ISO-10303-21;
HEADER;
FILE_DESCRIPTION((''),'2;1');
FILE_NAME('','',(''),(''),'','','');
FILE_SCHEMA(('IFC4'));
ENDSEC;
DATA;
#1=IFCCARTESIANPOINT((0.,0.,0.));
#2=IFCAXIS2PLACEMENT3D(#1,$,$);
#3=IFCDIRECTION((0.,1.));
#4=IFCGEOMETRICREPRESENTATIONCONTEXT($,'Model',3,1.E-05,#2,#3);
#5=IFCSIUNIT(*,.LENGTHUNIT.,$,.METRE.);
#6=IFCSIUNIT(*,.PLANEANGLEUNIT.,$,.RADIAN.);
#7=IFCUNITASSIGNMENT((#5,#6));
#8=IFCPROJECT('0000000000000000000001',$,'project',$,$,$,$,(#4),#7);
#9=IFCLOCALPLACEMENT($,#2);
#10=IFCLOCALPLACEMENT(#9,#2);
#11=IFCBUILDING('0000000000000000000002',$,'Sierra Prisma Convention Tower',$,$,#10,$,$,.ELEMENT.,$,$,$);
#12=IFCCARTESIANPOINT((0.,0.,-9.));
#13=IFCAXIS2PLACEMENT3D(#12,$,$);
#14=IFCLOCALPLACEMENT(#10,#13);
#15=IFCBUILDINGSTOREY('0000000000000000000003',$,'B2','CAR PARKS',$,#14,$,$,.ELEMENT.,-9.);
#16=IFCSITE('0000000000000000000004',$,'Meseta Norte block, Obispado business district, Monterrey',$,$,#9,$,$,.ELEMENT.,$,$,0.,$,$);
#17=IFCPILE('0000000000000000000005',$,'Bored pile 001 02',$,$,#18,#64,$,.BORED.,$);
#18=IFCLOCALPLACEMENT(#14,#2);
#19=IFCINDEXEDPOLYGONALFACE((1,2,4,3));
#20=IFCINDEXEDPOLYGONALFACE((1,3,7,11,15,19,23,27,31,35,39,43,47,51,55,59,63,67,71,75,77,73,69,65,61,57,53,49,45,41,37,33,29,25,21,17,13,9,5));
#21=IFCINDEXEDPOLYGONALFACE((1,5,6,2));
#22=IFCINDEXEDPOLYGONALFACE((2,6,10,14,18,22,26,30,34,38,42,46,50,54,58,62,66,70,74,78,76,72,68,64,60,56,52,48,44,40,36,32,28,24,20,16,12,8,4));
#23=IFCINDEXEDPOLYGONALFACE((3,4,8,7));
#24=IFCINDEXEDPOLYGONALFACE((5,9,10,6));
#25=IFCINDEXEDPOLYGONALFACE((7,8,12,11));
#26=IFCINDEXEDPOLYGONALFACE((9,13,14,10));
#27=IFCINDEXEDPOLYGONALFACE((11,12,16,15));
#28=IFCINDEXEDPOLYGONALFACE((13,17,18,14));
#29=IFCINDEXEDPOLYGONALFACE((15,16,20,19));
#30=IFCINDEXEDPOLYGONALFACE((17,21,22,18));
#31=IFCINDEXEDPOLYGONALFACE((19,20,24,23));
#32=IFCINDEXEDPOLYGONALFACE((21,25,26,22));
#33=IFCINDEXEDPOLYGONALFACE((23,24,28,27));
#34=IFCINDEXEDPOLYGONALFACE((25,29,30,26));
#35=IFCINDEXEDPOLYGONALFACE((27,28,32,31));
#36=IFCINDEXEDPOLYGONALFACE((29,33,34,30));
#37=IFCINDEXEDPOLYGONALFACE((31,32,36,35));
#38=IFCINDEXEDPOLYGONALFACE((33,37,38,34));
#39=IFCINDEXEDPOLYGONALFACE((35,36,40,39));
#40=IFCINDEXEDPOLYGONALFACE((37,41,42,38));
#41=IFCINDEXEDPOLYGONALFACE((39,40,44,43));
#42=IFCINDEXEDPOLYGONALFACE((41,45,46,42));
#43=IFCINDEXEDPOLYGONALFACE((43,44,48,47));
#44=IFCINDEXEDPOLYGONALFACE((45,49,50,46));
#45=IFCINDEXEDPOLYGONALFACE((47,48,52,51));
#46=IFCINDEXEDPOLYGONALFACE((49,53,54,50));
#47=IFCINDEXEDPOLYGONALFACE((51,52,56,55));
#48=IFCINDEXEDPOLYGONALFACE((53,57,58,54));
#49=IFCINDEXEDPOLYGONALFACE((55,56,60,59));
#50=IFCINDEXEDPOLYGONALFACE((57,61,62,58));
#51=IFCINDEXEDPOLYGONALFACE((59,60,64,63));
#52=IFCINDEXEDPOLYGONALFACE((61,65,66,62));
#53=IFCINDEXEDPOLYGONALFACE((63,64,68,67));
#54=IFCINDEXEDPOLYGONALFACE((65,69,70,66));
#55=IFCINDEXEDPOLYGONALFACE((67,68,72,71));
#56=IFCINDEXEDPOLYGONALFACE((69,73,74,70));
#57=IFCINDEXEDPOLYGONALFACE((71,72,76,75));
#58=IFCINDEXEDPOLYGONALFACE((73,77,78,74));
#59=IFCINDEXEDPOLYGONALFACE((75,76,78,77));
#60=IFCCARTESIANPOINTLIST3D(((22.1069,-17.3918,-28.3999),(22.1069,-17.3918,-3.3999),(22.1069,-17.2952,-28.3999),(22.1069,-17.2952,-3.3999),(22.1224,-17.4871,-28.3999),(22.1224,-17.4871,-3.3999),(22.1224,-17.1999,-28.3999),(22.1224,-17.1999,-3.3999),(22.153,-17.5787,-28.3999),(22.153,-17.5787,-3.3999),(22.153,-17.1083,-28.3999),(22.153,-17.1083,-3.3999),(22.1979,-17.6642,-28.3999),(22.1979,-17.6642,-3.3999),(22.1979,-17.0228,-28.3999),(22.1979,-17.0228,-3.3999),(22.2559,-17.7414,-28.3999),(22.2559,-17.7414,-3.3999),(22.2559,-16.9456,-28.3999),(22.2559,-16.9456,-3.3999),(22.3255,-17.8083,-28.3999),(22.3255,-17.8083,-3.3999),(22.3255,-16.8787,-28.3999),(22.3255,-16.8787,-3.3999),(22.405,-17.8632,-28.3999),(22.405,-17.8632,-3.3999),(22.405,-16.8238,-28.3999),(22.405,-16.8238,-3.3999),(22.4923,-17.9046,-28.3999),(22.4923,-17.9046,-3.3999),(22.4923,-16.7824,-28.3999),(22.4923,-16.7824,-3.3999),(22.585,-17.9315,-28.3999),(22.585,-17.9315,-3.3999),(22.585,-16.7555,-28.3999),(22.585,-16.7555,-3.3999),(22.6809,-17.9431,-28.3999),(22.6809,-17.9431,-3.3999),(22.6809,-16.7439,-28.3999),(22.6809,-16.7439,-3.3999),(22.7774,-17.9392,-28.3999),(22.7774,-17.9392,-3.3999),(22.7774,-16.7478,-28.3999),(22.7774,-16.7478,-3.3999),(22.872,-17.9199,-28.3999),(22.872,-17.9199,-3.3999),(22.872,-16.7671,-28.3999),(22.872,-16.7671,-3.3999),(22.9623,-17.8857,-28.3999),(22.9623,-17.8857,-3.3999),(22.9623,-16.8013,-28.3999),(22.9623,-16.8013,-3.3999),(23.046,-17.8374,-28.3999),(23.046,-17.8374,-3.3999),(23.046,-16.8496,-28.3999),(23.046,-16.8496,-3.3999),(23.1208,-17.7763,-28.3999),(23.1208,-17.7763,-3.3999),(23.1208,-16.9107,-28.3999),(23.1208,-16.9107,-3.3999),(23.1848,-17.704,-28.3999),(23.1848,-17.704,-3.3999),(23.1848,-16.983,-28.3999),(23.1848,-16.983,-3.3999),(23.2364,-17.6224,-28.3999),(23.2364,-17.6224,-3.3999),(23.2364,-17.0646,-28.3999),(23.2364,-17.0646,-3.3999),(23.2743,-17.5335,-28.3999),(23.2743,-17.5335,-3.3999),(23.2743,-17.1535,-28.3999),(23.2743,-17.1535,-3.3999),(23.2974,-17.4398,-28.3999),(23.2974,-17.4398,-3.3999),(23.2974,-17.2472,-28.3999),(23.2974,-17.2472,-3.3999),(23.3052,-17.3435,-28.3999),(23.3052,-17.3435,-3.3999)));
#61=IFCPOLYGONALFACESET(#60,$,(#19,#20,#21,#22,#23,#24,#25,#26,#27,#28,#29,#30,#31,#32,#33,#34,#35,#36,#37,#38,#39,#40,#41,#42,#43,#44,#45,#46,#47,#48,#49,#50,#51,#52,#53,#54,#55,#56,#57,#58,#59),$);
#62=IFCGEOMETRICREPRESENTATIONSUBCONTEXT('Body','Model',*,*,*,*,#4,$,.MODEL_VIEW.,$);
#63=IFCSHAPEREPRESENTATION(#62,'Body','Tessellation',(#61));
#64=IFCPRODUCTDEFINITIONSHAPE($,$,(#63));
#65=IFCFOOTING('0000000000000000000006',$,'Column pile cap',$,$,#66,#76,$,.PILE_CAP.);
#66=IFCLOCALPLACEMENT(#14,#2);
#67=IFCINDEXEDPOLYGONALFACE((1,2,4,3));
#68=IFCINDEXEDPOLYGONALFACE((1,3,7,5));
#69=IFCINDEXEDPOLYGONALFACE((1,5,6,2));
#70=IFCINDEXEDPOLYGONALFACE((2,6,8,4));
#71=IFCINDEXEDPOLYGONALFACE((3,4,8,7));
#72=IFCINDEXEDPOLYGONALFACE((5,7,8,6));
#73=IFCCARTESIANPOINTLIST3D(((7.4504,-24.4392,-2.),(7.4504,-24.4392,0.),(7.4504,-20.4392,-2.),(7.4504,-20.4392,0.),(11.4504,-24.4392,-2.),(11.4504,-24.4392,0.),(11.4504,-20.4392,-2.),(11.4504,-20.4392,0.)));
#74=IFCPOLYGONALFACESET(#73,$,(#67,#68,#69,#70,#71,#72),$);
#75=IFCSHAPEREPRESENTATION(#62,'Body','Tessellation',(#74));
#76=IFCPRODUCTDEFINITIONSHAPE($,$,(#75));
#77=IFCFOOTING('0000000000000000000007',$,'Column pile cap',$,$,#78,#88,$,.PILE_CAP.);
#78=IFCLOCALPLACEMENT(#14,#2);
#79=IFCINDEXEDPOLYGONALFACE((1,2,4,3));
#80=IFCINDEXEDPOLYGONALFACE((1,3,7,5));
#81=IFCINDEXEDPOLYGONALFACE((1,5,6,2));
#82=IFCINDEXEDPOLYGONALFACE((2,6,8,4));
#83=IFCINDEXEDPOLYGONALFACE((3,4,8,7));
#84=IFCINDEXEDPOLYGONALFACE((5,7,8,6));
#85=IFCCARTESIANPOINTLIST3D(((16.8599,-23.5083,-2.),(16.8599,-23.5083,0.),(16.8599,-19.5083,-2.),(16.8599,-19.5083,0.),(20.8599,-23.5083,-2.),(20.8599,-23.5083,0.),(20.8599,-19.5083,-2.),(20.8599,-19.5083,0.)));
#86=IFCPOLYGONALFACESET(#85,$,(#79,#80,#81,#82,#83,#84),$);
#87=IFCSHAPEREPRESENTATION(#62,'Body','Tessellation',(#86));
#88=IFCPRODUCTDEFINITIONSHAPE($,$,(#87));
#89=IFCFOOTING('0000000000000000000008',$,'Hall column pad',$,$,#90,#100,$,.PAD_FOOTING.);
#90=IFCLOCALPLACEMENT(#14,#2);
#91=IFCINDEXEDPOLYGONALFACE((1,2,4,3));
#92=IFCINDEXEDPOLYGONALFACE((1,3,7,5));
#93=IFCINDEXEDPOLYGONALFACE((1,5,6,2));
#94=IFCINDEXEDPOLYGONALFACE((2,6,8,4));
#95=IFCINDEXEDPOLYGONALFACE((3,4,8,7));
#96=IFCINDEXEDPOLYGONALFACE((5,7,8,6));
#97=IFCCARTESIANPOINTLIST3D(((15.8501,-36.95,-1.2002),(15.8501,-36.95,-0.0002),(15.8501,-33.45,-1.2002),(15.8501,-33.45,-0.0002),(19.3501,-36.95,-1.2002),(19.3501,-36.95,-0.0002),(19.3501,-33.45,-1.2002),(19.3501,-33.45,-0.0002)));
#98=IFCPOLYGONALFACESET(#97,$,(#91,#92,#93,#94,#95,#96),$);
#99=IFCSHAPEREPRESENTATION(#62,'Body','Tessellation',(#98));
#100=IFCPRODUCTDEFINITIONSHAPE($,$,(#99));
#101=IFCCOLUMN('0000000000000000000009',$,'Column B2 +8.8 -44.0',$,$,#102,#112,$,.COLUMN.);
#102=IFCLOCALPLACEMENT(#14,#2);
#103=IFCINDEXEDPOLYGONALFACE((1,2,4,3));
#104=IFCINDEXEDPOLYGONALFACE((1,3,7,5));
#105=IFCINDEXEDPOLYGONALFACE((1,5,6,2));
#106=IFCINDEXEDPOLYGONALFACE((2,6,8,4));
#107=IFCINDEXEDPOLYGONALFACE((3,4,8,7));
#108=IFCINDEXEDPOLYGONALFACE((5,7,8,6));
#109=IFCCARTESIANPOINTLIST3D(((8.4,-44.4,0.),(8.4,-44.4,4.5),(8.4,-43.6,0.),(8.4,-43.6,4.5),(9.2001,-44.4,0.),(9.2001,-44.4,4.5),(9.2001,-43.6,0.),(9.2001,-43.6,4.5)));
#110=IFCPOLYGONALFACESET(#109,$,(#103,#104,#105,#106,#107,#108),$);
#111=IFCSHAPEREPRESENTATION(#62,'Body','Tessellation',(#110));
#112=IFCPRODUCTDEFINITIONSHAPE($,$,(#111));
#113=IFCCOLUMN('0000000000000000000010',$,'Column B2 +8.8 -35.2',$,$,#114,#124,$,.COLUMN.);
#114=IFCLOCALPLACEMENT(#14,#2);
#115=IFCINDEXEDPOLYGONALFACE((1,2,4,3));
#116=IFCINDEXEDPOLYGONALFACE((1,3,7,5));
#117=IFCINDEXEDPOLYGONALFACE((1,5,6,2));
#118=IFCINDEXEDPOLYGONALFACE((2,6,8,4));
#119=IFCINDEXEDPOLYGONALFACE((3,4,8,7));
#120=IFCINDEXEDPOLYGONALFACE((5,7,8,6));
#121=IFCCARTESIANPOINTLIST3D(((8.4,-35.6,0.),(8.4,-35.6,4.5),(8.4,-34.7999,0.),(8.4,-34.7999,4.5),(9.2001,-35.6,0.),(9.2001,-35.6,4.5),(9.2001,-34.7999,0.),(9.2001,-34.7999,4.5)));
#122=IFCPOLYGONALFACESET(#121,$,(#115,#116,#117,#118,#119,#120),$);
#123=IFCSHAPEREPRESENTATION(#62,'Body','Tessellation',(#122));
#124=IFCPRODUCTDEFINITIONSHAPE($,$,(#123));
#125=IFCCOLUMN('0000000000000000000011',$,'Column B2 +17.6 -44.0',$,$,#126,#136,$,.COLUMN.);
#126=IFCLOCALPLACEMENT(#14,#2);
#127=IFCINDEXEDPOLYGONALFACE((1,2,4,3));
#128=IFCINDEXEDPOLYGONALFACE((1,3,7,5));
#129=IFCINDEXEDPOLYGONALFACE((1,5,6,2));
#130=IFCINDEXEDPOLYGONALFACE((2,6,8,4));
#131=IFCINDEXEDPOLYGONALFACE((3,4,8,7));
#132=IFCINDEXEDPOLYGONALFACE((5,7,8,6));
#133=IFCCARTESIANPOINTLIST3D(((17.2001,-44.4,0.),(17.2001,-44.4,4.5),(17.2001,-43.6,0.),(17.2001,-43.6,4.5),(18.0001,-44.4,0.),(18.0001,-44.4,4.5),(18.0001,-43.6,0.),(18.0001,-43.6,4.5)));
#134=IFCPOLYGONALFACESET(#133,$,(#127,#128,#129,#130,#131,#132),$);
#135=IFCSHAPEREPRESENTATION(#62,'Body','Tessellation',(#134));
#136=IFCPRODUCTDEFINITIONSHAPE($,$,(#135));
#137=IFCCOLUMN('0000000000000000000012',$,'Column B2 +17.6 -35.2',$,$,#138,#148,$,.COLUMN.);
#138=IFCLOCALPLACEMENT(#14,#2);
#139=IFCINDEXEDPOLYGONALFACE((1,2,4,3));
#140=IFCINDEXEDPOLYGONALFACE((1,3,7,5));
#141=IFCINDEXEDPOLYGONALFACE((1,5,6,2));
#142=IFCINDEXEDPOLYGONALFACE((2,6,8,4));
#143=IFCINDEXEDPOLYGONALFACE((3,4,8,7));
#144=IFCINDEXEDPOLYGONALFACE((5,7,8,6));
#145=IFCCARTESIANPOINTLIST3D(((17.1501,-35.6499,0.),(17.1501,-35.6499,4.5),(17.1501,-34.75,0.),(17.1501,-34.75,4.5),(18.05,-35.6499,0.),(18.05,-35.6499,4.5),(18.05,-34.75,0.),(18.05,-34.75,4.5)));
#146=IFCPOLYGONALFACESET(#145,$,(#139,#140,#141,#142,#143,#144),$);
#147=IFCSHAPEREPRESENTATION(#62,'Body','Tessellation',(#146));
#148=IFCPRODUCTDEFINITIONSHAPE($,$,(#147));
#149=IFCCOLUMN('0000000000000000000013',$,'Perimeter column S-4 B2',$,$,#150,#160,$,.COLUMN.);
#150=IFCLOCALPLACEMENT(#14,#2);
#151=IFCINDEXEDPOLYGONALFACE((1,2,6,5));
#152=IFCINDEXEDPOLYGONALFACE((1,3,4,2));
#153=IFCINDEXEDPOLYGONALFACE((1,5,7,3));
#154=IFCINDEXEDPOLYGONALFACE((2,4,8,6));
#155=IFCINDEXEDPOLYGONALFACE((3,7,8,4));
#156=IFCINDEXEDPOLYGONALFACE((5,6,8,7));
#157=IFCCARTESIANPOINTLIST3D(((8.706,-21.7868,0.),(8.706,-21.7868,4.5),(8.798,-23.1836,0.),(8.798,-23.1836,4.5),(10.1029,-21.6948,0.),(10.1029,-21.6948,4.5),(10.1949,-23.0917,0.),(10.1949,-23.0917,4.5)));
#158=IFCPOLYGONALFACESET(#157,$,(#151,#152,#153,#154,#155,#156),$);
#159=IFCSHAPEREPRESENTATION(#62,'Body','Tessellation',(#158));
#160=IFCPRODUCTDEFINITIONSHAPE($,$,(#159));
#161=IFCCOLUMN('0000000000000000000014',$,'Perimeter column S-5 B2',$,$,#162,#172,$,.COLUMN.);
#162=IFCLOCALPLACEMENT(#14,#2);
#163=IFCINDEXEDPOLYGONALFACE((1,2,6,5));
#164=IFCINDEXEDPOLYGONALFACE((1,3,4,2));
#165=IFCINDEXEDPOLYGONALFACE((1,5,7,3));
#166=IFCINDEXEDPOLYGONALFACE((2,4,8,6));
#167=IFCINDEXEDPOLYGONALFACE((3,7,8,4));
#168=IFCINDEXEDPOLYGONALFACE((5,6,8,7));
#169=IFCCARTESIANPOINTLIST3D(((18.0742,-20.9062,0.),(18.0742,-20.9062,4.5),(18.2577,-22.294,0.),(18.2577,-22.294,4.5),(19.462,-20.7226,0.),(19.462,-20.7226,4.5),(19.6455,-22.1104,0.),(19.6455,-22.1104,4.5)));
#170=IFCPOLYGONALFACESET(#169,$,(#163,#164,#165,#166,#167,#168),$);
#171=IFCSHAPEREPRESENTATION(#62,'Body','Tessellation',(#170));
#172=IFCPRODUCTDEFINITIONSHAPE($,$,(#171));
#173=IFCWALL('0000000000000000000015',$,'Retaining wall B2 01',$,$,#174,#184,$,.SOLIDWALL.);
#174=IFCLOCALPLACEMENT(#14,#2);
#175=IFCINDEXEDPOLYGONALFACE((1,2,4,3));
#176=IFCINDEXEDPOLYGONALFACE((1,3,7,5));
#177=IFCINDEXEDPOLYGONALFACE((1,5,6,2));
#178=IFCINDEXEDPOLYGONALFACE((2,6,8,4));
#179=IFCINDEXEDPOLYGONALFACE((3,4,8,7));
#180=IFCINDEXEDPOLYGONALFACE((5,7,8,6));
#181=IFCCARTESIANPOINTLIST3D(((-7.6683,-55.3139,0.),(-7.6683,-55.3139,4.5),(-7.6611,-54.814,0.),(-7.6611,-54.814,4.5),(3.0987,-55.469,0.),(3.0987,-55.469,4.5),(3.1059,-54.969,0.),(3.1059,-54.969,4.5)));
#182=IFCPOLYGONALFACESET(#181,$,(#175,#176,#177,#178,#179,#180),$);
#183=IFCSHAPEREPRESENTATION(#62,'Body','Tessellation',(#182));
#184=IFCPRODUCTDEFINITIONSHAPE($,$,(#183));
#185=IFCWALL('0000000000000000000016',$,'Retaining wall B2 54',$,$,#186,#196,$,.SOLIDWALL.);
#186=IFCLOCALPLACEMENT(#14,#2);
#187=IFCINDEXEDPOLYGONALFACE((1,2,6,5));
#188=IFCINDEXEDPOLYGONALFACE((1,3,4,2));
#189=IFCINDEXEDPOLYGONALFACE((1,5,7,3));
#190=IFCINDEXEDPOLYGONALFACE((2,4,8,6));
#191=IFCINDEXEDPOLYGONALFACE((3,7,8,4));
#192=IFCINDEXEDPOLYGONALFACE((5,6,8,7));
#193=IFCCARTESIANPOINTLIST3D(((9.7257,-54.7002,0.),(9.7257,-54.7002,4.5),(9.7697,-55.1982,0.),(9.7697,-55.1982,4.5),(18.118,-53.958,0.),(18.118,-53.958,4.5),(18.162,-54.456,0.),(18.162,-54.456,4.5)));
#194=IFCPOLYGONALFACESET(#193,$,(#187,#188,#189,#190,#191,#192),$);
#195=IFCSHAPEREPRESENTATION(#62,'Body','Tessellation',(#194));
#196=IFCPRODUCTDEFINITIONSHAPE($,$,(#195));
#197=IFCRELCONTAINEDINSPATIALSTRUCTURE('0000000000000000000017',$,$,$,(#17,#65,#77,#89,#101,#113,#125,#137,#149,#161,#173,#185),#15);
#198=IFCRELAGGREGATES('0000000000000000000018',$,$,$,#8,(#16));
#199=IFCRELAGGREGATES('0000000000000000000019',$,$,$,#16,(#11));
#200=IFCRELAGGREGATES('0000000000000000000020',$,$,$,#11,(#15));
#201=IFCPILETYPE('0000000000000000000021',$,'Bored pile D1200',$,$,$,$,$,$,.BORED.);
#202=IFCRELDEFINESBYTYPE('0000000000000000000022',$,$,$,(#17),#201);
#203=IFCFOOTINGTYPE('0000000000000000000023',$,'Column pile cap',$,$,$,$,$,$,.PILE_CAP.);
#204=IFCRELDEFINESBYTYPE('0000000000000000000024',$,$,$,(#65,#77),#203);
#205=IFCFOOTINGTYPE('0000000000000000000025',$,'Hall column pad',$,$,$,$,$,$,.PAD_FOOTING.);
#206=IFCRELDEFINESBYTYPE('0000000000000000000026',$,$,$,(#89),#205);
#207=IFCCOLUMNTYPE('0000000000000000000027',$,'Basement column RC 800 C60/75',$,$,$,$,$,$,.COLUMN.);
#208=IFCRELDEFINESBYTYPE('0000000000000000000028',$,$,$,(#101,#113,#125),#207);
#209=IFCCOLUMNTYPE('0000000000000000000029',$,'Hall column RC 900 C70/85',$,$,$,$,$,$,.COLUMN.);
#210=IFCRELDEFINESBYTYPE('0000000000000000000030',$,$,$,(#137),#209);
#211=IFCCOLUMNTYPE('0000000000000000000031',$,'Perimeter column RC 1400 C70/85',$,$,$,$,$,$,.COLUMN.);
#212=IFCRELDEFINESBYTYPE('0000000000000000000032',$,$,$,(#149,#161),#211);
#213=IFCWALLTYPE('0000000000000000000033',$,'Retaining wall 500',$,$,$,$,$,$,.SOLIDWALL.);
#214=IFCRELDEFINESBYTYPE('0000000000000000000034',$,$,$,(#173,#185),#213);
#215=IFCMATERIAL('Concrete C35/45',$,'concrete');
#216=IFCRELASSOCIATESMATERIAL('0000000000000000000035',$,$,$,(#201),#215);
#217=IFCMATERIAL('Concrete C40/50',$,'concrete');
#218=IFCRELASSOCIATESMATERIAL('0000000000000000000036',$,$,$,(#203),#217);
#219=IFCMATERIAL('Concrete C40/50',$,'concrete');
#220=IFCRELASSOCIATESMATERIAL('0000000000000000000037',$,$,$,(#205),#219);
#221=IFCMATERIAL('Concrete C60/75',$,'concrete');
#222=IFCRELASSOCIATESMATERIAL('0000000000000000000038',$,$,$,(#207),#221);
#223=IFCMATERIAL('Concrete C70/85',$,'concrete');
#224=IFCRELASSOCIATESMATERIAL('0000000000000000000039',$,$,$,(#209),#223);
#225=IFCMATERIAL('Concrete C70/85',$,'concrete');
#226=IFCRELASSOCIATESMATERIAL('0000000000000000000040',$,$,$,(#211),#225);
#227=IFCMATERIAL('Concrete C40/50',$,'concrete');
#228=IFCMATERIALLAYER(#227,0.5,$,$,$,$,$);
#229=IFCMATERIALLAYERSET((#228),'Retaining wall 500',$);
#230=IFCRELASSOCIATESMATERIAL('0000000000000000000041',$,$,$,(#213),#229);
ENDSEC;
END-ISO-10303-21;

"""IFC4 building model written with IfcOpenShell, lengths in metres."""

from ifc_helpers import new_model, si_unit, direction, frame, frame_2d, origin, origin_2d, place, context, subcontext, project, spatial, rectangle, circle, extrude, material, layer, layer_set, material_profile, profile_set, type_object, element, save


model = new_model("IFC4")

# Units and contexts
model_context = context("Model", 3, precision=1e-05, world=origin(), true_north=direction((0.0, 1.0)))
body_context = subcontext(model_context, "Body", "Model", "MODEL_VIEW")
ifc_project = project(units=[si_unit("LENGTHUNIT", "METRE"), si_unit("PLANEANGLEUNIT", "RADIAN")], contexts=[model_context])

# Site, building, storey
site_placement = place(None, origin())
site = spatial("IfcSite", under=ifc_project, at=site_placement, Name="Meseta Norte block, Obispado business district, Monterrey", CompositionType="ELEMENT", RefElevation=0.0)
building_placement = place(site_placement, origin())
building = spatial("IfcBuilding", under=site, at=building_placement, Name="Sierra Prisma Convention Tower", CompositionType="ELEMENT")
storey_placement = place(building_placement, frame((0.0, 0.0, -9.0)))
storey = spatial("IfcBuildingStorey", under=building, at=storey_placement, Name="B2", Description="CAR PARKS", CompositionType="ELEMENT", Elevation=-9.0)

# Pile
ifc_material_1 = material(Name="Concrete C35/45", Category="concrete")
ifc_material_profile_1 = material_profile(ifc_material_1, circle(Radius=0.6001, at=origin_2d()), Name="D1200")
ifc_profile_set_1 = profile_set([ifc_material_profile_1], Name="Concrete C35/45")
pile_type_1 = type_object("IfcPileType", Name="Bored pile D1200", PredefinedType="BORED", material=ifc_profile_set_1)
for number, where, z_axis, x_axis, name in (
    (1, (22.7051, -17.3435, -3.3999), (0.0, 0.0, -1.0), (1.0, 0.0, 0.0), "Bored pile 001 02"),
):
    element("IfcPile", number, at=place(storey_placement, frame(where, z_axis=z_axis, x_axis=x_axis)), inside=storey, type_object=pile_type_1, Name=name, PredefinedType="BORED", context=body_context, shape_type="SweptSolid", body=[
        extrude(circle(Radius=0.6001, at=origin_2d()), origin(), (0.0, 0.0, 1.0), 25.0),
    ])

# Footings
ifc_material_2 = material(Name="Concrete C40/50", Category="concrete")
footing_type_1 = type_object("IfcFootingType", Name="Column pile cap", PredefinedType="PILE_CAP", material=ifc_material_2)
for number, where, z_axis, x_axis, name in (
    (2, (9.4504, -22.4392, -2.0), (0.0, 0.0, 1.0), (1.0, 0.0, 0.0), "Column pile cap"),
    (3, (18.8599, -21.5083, -2.0), (0.0, 0.0, 1.0), (1.0, 0.0, 0.0), "Column pile cap"),
):
    element("IfcFooting", number, at=place(storey_placement, frame(where, z_axis=z_axis, x_axis=x_axis)), inside=storey, type_object=footing_type_1, Name=name, PredefinedType="PILE_CAP", context=body_context, shape_type="SweptSolid", body=[
        extrude(rectangle(XDim=4.0, YDim=4.0, at=origin_2d()), origin(), (0.0, 0.0, 1.0), 2.0),
    ])
ifc_material_3 = material(Name="Concrete C40/50", Category="concrete")
footing_type_2 = type_object("IfcFootingType", Name="Hall column pad", PredefinedType="PAD_FOOTING", material=ifc_material_3)
footing_placement = place(storey_placement, frame((17.6001, -35.2, -1.2002), z_axis=(0.0, 0.0, 1.0), x_axis=(1.0, 0.0, 0.0)))
element("IfcFooting", 4, at=footing_placement, inside=storey, type_object=footing_type_2, Name="Hall column pad", PredefinedType="PAD_FOOTING", context=body_context, shape_type="SweptSolid", body=[
    extrude(rectangle(XDim=3.5, YDim=3.5, at=origin_2d()), origin(), (0.0, 0.0, 1.0), 1.2),
])

# Columns
ifc_material_4 = material(Name="Concrete C60/75", Category="concrete")
ifc_material_profile_2 = material_profile(ifc_material_4, rectangle(XDim=0.8, YDim=0.8, at=origin_2d()), Name="Basement column RC 800 C60/75")
ifc_profile_set_2 = profile_set([ifc_material_profile_2], Name="Concrete C60/75")
column_type_1 = type_object("IfcColumnType", Name="Basement column RC 800 C60/75", PredefinedType="COLUMN", material=ifc_profile_set_2)
for number, where, z_axis, x_axis, name in (
    (5, (8.8, -44.0, 0.0), (0.0, 0.0, 1.0), (1.0, 0.0, 0.0), "Column B2 +8.8 -44.0"),
    (6, (8.8, -35.2, 0.0), (0.0, 0.0, 1.0), (1.0, 0.0, 0.0), "Column B2 +8.8 -35.2"),
    (7, (17.6001, -44.0, 0.0), (0.0, 0.0, 1.0), (1.0, 0.0, 0.0), "Column B2 +17.6 -44.0"),
):
    element("IfcColumn", number, at=place(storey_placement, frame(where, z_axis=z_axis, x_axis=x_axis)), inside=storey, type_object=column_type_1, Name=name, PredefinedType="COLUMN", context=body_context, shape_type="SweptSolid", body=[
        extrude(rectangle(XDim=0.8, YDim=0.8, at=origin_2d()), origin(), (0.0, 0.0, 1.0), 4.5),
    ])
ifc_material_5 = material(Name="Concrete C70/85", Category="concrete")
ifc_material_profile_3 = material_profile(ifc_material_5, rectangle(XDim=0.8999, YDim=0.8999, at=origin_2d()), Name="Hall column RC 900 C70/85")
ifc_profile_set_3 = profile_set([ifc_material_profile_3], Name="Concrete C70/85")
column_type_2 = type_object("IfcColumnType", Name="Hall column RC 900 C70/85", PredefinedType="COLUMN", material=ifc_profile_set_3)
column_placement = place(storey_placement, frame((17.6001, -35.2, 0.0), z_axis=(0.0, 0.0, 1.0), x_axis=(1.0, 0.0, 0.0)))
element("IfcColumn", 8, at=column_placement, inside=storey, type_object=column_type_2, Name="Column B2 +17.6 -35.2", PredefinedType="COLUMN", context=body_context, shape_type="SweptSolid", body=[
    extrude(rectangle(XDim=0.8999, YDim=0.8999, at=origin_2d()), origin(), (0.0, 0.0, 1.0), 4.5),
])
ifc_material_6 = material(Name="Concrete C70/85", Category="concrete")
ifc_material_profile_4 = material_profile(ifc_material_6, rectangle(XDim=1.3999, YDim=1.3999, at=origin_2d()), Name="Perimeter column RC 1400 C70/85")
ifc_profile_set_4 = profile_set([ifc_material_profile_4], Name="Concrete C70/85")
column_type_3 = type_object("IfcColumnType", Name="Perimeter column RC 1400 C70/85", PredefinedType="COLUMN", material=ifc_profile_set_4)
for number, where, z_axis, x_axis, name in (
    (9, (9.4504, -22.4392, 0.0), (0.0, 0.0, 1.0), (0.997839, 0.065699, 0.0), "Perimeter column S-4 B2"),
    (10, (18.8599, -21.5083, 0.0), (0.0, 0.0, 1.0), (0.991367, 0.131115, 0.0), "Perimeter column S-5 B2"),
):
    element("IfcColumn", number, at=place(storey_placement, frame(where, z_axis=z_axis, x_axis=x_axis)), inside=storey, type_object=column_type_3, Name=name, PredefinedType="COLUMN", context=body_context, shape_type="SweptSolid", body=[
        extrude(rectangle(XDim=1.3999, YDim=1.3999, at=origin_2d()), origin(), (0.0, 0.0, 1.0), 4.5),
    ])

# Walls
ifc_material_7 = material(Name="Concrete C40/50", Category="concrete")
ifc_layer = layer(ifc_material_7, 0.5)
ifc_layer_set = layer_set([ifc_layer], Name="Retaining wall 500")
wall_type = type_object("IfcWallType", Name="Retaining wall 500", PredefinedType="SOLIDWALL", material=ifc_layer_set)
wall_1_placement = place(storey_placement, frame((3.1023, -55.219, 0.0), z_axis=(0.0, 0.0, 1.0), x_axis=(-0.999896, 0.014397, 0.0)))
element("IfcWall", 11, at=wall_1_placement, inside=storey, type_object=wall_type, Name="Retaining wall B2 01", PredefinedType="SOLIDWALL", context=body_context, shape_type="SweptSolid", body=[
    extrude(rectangle(XDim=10.7681, YDim=0.5, at=frame_2d((5.384, 0.0))), origin(), (0.0, 0.0, 1.0), 4.5),
])
wall_2_placement = place(storey_placement, frame((18.1399, -54.207, 0.0), z_axis=(0.0, 0.0, 1.0), x_axis=(-0.996112, -0.088093, 0.0)))
element("IfcWall", 12, at=wall_2_placement, inside=storey, type_object=wall_type, Name="Retaining wall B2 54", PredefinedType="SOLIDWALL", context=body_context, shape_type="SweptSolid", body=[
    extrude(rectangle(XDim=8.425, YDim=0.5, at=frame_2d((4.2124, 0.0))), origin(), (0.0, 0.0, 1.0), 4.5),
])

save(model, "model.ifc")
